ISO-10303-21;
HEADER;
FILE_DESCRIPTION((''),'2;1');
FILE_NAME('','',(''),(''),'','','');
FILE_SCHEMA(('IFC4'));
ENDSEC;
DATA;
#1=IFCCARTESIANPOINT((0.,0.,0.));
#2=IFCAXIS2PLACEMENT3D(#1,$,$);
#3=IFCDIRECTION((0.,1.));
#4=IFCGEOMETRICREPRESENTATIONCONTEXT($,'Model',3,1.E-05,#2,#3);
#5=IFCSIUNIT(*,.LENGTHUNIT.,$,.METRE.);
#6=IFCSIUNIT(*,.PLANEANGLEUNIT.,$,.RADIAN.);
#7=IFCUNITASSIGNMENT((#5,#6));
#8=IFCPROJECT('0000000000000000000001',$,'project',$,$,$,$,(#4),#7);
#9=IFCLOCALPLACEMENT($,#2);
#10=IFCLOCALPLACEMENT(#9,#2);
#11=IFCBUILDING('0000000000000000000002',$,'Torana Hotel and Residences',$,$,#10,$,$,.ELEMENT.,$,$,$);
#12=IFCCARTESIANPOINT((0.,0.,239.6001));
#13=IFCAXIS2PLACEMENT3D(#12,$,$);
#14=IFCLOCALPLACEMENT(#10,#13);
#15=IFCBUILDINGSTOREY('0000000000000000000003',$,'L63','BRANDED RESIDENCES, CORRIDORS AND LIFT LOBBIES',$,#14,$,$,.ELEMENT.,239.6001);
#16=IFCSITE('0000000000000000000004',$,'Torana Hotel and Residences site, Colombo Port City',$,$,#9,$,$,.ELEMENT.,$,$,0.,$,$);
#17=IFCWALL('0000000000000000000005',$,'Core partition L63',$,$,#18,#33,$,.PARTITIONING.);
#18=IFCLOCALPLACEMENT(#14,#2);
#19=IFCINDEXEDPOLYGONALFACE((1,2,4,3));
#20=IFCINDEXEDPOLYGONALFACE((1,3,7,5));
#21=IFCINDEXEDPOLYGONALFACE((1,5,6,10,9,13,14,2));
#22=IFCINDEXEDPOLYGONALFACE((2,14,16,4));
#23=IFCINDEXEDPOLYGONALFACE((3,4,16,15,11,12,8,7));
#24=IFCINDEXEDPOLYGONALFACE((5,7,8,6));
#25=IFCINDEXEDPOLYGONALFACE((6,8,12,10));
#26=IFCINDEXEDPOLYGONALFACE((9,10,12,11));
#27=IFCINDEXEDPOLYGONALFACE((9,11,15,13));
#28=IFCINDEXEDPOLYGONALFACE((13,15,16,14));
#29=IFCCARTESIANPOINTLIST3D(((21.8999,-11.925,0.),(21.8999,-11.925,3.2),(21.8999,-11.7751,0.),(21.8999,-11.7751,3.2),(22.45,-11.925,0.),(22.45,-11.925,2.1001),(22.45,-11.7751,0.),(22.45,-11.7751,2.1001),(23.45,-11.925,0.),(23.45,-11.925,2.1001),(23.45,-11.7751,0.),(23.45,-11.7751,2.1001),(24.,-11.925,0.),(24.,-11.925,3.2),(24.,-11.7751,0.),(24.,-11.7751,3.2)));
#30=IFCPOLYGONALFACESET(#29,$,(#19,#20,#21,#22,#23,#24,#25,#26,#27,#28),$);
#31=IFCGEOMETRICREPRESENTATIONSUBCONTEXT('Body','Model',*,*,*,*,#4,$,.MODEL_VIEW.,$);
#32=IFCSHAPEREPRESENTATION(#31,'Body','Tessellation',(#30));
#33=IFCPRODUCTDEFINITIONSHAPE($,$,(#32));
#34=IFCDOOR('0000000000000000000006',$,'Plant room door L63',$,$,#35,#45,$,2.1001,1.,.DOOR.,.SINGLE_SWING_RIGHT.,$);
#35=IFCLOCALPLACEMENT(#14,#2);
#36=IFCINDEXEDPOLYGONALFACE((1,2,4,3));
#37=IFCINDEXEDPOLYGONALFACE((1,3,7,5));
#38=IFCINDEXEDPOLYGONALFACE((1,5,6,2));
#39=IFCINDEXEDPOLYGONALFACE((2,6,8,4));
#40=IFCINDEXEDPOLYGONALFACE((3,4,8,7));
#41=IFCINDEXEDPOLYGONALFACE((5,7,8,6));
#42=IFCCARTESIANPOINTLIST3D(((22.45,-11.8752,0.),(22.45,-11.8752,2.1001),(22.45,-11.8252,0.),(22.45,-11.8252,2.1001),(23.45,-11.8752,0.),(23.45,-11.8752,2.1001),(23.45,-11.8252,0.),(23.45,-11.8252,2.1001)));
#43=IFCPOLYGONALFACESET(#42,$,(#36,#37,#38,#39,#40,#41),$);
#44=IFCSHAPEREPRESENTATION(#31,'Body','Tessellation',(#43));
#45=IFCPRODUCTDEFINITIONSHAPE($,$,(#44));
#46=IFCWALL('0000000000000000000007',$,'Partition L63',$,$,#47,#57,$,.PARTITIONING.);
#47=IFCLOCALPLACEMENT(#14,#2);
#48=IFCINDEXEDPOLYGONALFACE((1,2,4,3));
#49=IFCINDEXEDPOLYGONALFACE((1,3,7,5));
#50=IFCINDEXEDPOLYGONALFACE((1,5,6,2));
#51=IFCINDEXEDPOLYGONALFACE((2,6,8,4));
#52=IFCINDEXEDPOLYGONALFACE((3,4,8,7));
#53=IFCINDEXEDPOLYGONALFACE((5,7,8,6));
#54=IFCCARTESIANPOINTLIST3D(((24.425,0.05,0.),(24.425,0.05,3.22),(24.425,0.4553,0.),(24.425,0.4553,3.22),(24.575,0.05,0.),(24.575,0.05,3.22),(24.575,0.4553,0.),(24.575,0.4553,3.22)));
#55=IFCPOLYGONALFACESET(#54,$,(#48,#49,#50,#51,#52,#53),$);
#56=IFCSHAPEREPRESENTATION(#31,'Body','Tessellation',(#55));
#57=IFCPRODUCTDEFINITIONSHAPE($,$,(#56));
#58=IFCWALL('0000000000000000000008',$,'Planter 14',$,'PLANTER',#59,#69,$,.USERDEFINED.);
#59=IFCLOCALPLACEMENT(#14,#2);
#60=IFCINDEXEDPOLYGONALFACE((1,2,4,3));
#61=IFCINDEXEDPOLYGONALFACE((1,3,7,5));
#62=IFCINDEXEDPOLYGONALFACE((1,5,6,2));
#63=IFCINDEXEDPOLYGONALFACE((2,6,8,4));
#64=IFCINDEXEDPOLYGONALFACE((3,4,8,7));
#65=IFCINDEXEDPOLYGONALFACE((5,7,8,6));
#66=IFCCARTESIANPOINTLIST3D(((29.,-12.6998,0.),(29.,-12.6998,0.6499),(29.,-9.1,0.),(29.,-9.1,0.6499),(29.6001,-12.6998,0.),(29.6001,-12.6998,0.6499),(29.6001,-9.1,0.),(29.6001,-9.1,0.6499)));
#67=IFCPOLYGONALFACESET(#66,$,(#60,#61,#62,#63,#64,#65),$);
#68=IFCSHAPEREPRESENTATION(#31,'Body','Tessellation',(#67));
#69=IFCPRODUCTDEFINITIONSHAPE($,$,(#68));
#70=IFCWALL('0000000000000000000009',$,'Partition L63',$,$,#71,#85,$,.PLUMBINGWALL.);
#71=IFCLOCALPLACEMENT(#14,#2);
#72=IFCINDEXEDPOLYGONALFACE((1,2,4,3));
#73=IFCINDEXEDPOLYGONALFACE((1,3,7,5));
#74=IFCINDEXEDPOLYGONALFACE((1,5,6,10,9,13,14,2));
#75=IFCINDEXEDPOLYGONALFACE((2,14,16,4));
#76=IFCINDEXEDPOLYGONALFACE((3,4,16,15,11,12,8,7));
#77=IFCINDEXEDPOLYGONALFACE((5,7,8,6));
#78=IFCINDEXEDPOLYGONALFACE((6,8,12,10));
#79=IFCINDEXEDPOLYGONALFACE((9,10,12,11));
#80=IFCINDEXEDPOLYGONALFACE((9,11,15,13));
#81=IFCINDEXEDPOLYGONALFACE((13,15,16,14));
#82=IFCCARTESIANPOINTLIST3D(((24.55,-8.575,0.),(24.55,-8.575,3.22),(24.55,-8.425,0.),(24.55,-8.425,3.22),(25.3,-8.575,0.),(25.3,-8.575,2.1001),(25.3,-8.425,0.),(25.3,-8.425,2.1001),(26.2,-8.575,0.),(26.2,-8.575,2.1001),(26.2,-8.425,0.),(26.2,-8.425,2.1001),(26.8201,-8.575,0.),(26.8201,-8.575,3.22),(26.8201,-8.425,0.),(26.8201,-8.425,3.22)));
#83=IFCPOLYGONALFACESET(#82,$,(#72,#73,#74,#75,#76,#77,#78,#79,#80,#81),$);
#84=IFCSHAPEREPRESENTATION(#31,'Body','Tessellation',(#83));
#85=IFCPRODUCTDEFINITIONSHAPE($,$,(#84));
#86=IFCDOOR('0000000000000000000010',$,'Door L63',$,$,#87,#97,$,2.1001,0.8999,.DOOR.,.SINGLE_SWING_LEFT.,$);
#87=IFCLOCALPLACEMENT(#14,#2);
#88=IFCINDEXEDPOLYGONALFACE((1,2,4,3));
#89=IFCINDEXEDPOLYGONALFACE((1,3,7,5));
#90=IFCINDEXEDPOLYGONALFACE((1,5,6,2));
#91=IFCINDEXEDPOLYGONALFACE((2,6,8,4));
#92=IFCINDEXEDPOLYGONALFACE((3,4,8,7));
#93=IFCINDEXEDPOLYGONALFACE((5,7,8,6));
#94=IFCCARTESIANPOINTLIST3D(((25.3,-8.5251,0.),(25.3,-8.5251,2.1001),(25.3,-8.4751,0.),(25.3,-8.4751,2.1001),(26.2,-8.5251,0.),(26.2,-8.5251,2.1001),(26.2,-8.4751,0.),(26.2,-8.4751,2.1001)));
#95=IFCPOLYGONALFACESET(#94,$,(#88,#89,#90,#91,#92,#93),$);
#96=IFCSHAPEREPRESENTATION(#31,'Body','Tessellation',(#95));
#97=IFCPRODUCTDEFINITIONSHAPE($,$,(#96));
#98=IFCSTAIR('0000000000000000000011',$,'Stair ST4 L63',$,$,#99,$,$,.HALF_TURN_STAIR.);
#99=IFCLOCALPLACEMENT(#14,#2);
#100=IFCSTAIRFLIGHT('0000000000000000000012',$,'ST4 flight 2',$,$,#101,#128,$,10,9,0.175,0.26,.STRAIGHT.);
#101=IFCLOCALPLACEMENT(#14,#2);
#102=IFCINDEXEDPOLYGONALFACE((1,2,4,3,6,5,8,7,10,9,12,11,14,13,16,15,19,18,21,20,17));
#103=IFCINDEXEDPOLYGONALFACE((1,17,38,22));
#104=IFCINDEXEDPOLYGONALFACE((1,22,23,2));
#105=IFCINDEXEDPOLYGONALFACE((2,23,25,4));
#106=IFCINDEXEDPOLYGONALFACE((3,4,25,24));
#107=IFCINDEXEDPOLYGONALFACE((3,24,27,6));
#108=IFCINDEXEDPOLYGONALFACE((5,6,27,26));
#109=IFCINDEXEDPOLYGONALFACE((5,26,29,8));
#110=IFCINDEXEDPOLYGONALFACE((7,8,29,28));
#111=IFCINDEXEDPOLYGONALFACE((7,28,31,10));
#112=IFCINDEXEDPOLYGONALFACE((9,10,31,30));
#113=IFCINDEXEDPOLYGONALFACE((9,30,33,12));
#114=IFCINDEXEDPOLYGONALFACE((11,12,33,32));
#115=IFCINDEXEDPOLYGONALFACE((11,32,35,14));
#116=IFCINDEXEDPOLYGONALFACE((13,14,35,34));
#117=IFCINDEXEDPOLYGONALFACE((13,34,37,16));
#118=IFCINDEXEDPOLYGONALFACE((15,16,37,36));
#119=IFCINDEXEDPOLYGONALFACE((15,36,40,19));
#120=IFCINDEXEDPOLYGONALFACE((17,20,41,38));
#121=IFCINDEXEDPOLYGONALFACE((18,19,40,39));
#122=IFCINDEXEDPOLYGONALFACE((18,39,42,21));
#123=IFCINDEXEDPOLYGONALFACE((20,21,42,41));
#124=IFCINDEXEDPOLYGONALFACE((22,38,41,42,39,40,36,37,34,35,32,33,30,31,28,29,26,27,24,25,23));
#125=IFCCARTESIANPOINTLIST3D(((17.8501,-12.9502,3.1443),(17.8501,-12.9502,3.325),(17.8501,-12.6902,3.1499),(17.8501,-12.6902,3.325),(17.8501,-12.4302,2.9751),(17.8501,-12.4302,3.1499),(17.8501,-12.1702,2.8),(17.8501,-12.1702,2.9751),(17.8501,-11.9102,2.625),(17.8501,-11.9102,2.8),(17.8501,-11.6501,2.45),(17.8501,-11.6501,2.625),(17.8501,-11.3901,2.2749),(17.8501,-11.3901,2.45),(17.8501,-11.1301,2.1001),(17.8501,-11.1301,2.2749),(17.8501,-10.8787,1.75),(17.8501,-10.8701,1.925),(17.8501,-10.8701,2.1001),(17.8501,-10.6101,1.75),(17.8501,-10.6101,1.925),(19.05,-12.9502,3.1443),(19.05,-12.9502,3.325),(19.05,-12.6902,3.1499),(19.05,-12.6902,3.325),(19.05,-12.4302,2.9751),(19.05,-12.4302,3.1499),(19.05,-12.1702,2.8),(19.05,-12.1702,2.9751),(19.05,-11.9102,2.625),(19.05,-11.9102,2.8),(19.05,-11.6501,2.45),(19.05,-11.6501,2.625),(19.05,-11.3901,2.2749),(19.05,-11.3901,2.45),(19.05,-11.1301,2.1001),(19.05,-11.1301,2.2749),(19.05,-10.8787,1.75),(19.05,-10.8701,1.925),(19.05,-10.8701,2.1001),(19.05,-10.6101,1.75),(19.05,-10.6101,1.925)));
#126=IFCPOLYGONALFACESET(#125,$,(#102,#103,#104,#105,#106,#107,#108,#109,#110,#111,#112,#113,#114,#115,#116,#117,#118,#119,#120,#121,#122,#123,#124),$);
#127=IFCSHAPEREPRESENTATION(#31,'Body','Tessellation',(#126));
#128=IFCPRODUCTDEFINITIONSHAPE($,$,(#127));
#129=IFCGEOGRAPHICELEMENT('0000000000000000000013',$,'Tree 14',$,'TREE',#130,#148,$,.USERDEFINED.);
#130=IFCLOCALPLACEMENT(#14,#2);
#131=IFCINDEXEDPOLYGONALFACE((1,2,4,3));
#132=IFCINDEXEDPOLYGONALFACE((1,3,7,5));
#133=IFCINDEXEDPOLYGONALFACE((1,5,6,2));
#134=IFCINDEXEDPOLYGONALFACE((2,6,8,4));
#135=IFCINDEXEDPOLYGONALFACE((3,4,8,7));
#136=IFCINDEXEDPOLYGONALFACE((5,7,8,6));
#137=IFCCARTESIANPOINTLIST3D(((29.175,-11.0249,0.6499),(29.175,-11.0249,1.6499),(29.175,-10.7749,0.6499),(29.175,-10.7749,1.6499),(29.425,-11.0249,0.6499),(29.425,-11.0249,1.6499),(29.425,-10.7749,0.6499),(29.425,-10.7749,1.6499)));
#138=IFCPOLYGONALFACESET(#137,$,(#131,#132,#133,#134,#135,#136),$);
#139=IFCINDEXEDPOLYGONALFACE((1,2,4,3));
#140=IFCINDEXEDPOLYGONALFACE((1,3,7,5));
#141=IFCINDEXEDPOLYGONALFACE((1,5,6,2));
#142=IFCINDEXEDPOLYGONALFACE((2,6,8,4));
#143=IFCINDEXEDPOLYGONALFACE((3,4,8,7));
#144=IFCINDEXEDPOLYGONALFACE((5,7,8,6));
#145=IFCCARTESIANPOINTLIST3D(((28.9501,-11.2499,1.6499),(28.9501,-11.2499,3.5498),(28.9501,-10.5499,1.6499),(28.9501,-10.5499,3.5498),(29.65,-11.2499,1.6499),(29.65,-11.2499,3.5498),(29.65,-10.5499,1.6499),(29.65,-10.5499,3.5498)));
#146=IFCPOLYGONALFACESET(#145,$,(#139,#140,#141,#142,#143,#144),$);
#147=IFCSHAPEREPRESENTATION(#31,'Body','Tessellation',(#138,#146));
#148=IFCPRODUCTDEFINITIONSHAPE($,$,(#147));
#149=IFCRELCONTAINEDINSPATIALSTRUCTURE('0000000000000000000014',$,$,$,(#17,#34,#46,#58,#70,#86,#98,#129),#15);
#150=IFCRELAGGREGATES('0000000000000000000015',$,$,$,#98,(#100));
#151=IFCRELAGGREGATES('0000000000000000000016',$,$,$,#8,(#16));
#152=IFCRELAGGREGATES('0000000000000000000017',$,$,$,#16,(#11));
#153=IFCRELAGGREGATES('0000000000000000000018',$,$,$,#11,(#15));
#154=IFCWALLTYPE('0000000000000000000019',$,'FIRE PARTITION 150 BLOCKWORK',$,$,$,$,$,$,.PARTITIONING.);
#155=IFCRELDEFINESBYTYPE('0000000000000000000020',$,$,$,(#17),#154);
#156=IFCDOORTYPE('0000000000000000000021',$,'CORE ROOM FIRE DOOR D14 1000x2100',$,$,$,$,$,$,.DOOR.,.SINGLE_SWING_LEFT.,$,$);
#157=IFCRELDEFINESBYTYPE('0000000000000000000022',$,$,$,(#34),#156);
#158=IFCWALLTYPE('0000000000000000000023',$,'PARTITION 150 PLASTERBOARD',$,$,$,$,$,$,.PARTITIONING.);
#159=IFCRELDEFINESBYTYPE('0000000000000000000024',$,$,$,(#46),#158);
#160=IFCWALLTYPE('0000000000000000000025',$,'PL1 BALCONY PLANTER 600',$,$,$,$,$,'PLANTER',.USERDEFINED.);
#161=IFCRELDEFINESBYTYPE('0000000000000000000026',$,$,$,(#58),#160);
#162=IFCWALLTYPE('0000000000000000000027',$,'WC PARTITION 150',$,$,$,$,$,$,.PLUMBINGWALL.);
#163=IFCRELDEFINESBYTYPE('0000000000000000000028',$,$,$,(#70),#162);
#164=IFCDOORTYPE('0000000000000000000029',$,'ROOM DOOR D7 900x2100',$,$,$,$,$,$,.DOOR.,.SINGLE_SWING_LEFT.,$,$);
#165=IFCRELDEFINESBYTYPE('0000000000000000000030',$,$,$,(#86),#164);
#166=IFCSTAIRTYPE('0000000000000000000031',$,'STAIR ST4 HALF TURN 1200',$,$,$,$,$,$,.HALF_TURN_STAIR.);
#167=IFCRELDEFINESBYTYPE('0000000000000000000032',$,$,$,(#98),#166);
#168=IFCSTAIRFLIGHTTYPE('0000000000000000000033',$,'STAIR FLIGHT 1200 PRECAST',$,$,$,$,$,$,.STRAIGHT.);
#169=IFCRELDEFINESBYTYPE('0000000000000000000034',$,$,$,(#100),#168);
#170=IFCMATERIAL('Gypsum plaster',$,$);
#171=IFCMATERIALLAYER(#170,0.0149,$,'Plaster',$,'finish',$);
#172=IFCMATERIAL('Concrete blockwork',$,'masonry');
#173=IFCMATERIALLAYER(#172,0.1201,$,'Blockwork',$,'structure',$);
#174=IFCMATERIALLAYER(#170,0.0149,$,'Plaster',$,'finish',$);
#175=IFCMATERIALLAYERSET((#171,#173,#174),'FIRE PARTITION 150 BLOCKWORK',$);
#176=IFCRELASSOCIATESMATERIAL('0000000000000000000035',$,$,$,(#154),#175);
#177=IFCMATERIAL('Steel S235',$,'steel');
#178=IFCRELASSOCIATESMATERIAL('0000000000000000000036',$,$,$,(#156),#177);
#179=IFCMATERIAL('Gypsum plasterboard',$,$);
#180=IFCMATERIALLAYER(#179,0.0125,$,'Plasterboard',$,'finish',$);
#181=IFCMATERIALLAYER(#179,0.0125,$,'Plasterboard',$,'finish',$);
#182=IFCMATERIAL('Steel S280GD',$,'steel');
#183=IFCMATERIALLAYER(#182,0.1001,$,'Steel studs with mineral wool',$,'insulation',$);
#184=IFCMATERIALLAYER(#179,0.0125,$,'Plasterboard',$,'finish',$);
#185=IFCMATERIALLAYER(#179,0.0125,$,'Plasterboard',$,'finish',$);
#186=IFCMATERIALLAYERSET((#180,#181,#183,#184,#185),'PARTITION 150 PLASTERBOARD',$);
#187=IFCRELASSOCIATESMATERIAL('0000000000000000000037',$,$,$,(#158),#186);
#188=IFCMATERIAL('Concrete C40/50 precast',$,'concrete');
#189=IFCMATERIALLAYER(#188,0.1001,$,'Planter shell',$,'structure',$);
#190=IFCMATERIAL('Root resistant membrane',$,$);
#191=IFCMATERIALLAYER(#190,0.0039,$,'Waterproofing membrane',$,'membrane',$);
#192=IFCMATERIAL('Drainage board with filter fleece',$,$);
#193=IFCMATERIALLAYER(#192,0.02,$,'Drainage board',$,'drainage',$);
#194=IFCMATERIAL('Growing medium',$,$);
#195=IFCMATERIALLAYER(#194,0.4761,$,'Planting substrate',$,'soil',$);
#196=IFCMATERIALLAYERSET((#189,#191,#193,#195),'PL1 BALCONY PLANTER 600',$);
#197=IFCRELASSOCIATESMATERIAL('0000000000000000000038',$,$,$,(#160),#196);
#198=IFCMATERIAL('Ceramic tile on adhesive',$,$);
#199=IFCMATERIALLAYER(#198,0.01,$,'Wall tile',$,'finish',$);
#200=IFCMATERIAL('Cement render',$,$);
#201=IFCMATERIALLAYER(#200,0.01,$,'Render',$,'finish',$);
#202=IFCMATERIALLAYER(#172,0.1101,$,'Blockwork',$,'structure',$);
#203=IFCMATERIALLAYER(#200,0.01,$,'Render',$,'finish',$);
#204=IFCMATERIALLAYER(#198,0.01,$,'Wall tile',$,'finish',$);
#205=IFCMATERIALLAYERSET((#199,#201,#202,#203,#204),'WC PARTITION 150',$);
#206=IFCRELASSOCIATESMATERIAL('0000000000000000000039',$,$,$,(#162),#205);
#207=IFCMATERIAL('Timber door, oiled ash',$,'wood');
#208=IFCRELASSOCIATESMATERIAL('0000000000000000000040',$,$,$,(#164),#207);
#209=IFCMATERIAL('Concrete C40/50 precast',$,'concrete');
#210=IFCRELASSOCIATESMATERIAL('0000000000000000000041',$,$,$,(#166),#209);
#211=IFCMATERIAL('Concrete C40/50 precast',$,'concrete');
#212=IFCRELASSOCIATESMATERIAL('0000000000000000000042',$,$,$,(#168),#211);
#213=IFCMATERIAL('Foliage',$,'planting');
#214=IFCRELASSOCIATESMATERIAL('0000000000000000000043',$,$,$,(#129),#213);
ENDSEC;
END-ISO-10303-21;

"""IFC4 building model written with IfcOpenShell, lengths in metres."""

from ifc_helpers import new_model, si_unit, direction, frame, frame_2d, origin, origin_2d, place, context, subcontext, project, spatial, polyline, rectangle, outline, extrude, material, layer, layer_set, type_object, element, fill, aggregate, save


model = new_model("IFC4")

# Units and contexts
model_context = context("Model", 3, precision=1e-05, world=origin(), true_north=direction((0.0, 1.0)))
body_context = subcontext(model_context, "Body", "Model", "MODEL_VIEW")
ifc_project = project(units=[si_unit("LENGTHUNIT", "METRE"), si_unit("PLANEANGLEUNIT", "RADIAN")], contexts=[model_context])

# Site, building, storey
site_placement = place(None, origin())
site = spatial("IfcSite", under=ifc_project, at=site_placement, Name="Torana Hotel and Residences site, Colombo Port City", CompositionType="ELEMENT", RefElevation=0.0)
building_placement = place(site_placement, origin())
building = spatial("IfcBuilding", under=site, at=building_placement, Name="Torana Hotel and Residences", CompositionType="ELEMENT")
storey_placement = place(building_placement, frame((0.0, 0.0, 239.6001)))
storey = spatial("IfcBuildingStorey", under=building, at=storey_placement, Name="L63", Description="BRANDED RESIDENCES, CORRIDORS AND LIFT LOBBIES", CompositionType="ELEMENT", Elevation=239.6001)

# Shared definitions
ifc_material_1 = material(Name="Steel S280GD", Category="steel")

# Shared definitions
ifc_material_2 = material(Name="Concrete C40/50 precast", Category="concrete")

# Wall, opening, door
ifc_material_3 = material(Name="Gypsum plaster")
ifc_layer_1 = layer(ifc_material_3, 0.0149, Name="Plaster", Category="finish")
ifc_material_4 = material(Name="Concrete blockwork", Category="masonry")
ifc_layer_2 = layer(ifc_material_4, 0.1201, Name="Blockwork", Category="structure")
ifc_layer_3 = layer(ifc_material_3, 0.0149, Name="Plaster", Category="finish")
ifc_layer_set_1 = layer_set([ifc_layer_1, ifc_layer_2, ifc_layer_3], Name="FIRE PARTITION 150 BLOCKWORK")
wall_type_1 = type_object("IfcWallType", Name="FIRE PARTITION 150 BLOCKWORK", PredefinedType="PARTITIONING", material=ifc_layer_set_1)
wall_1_placement = place(storey_placement, frame((21.8999, -11.8501, 0.0), z_axis=(0.0, 0.0, 1.0), x_axis=(1.0, 0.0, 0.0)))
wall_1 = element("IfcWall", 1, at=wall_1_placement, inside=storey, type_object=wall_type_1, Name="Core partition L63", PredefinedType="PARTITIONING", context=body_context, shape_type="SweptSolid", body=[
    extrude(rectangle(XDim=2.1001, YDim=0.1499, at=frame_2d((1.05, 0.0))), origin(), (0.0, 0.0, 1.0), 3.2),
])
opening_1_placement = place(wall_1_placement, frame((0.55, 0.0, 0.0)))
opening_1 = element("IfcOpeningElement", 2, at=opening_1_placement, cuts=wall_1, PredefinedType="OPENING", context=body_context, shape_type="SweptSolid", body=[
    extrude(rectangle(XDim=1.0, YDim=2.1001, at=frame_2d((0.5, 1.05))), frame((0.0, 0.085, 0.0), z_axis=(0.0, -1.0, 0.0), x_axis=(1.0, 0.0, 0.0)), (0.0, 0.0, 1.0), 0.1699),
])
ifc_material_5 = material(Name="Steel S235", Category="steel")
door_type_1 = type_object("IfcDoorType", Name="CORE ROOM FIRE DOOR D14 1000x2100", OperationType="SINGLE_SWING_LEFT", PredefinedType="DOOR", material=ifc_material_5)
door_1_placement = place(opening_1_placement, origin())
door_1 = element("IfcDoor", 3, at=door_1_placement, inside=storey, type_object=door_type_1, Name="Plant room door L63", OperationType="SINGLE_SWING_RIGHT", OverallHeight=2.1001, OverallWidth=1.0, PredefinedType="DOOR", context=body_context, shape_type="SweptSolid", body=[
    extrude(rectangle(XDim=1.0, YDim=2.1001, at=frame_2d((0.5, 1.05))), frame((0.0, 0.0249, 0.0), z_axis=(0.0, -1.0, 0.0), x_axis=(1.0, 0.0, 0.0)), (0.0, 0.0, 1.0), 0.05),
])
fill(opening_1, door_1)

# Walls
ifc_material_6 = material(Name="Gypsum plasterboard")
ifc_layer_4 = layer(ifc_material_6, 0.0125, Name="Plasterboard", Category="finish")
ifc_layer_5 = layer(ifc_material_6, 0.0125, Name="Plasterboard", Category="finish")
ifc_layer_6 = layer(ifc_material_1, 0.1001, Name="Steel studs with mineral wool", Category="insulation")
ifc_layer_7 = layer(ifc_material_6, 0.0125, Name="Plasterboard", Category="finish")
ifc_layer_8 = layer(ifc_material_6, 0.0125, Name="Plasterboard", Category="finish")
ifc_layer_set_2 = layer_set([ifc_layer_4, ifc_layer_5, ifc_layer_6, ifc_layer_7, ifc_layer_8], Name="PARTITION 150 PLASTERBOARD")
wall_type_2 = type_object("IfcWallType", Name="PARTITION 150 PLASTERBOARD", PredefinedType="PARTITIONING", material=ifc_layer_set_2)
wall_2_placement = place(storey_placement, frame((24.5, 0.05, 0.0), z_axis=(0.0, 0.0, 1.0), x_axis=(0.0, 1.0, 0.0)))
element("IfcWall", 4, at=wall_2_placement, inside=storey, type_object=wall_type_2, Name="Partition L63", PredefinedType="PARTITIONING", context=body_context, shape_type="SweptSolid", body=[
    extrude(rectangle(XDim=0.4053, YDim=0.1499, at=frame_2d((0.2026, 0.0))), origin(), (0.0, 0.0, 1.0), 3.22),
])
ifc_layer_9 = layer(ifc_material_2, 0.1001, Name="Planter shell", Category="structure")
ifc_material_7 = material(Name="Root resistant membrane")
ifc_layer_10 = layer(ifc_material_7, 0.0039, Name="Waterproofing membrane", Category="membrane")
ifc_material_8 = material(Name="Drainage board with filter fleece")
ifc_layer_11 = layer(ifc_material_8, 0.02, Name="Drainage board", Category="drainage")
ifc_material_9 = material(Name="Growing medium")
ifc_layer_12 = layer(ifc_material_9, 0.4761, Name="Planting substrate", Category="soil")
ifc_layer_set_3 = layer_set([ifc_layer_9, ifc_layer_10, ifc_layer_11, ifc_layer_12], Name="PL1 BALCONY PLANTER 600")
wall_type_3 = type_object("IfcWallType", Name="PL1 BALCONY PLANTER 600", ElementType="PLANTER", PredefinedType="USERDEFINED", material=ifc_layer_set_3)
wall_3_placement = place(storey_placement, frame((29.3, -9.1001, 0.0), z_axis=(0.0, 0.0, 1.0), x_axis=(0.0, -1.0, 0.0)))
element("IfcWall", 5, at=wall_3_placement, inside=storey, type_object=wall_type_3, Name="Planter 14", ObjectType="PLANTER", PredefinedType="USERDEFINED", context=body_context, shape_type="SweptSolid", body=[
    extrude(rectangle(XDim=3.5999, YDim=0.6001, at=frame_2d((1.7998, 0.0))), origin(), (0.0, 0.0, 1.0), 0.6499),
])

# Wall, opening, door
ifc_material_10 = material(Name="Ceramic tile on adhesive")
ifc_layer_13 = layer(ifc_material_10, 0.01, Name="Wall tile", Category="finish")
ifc_material_11 = material(Name="Cement render")
ifc_layer_14 = layer(ifc_material_11, 0.01, Name="Render", Category="finish")
ifc_layer_15 = layer(ifc_material_4, 0.1101, Name="Blockwork", Category="structure")
ifc_layer_16 = layer(ifc_material_11, 0.01, Name="Render", Category="finish")
ifc_layer_17 = layer(ifc_material_10, 0.01, Name="Wall tile", Category="finish")
ifc_layer_set_4 = layer_set([ifc_layer_13, ifc_layer_14, ifc_layer_15, ifc_layer_16, ifc_layer_17], Name="WC PARTITION 150")
wall_type_4 = type_object("IfcWallType", Name="WC PARTITION 150", PredefinedType="PLUMBINGWALL", material=ifc_layer_set_4)
wall_4_placement = place(storey_placement, frame((24.55, -8.5, 0.0), z_axis=(0.0, 0.0, 1.0), x_axis=(1.0, 0.0, 0.0)))
wall_4 = element("IfcWall", 6, at=wall_4_placement, inside=storey, type_object=wall_type_4, Name="Partition L63", PredefinedType="PLUMBINGWALL", context=body_context, shape_type="SweptSolid", body=[
    extrude(rectangle(XDim=2.27, YDim=0.1499, at=frame_2d((1.135, 0.0))), origin(), (0.0, 0.0, 1.0), 3.22),
])
opening_2_placement = place(wall_4_placement, frame((0.75, 0.0, 0.0)))
opening_2 = element("IfcOpeningElement", 7, at=opening_2_placement, cuts=wall_4, PredefinedType="OPENING", context=body_context, shape_type="SweptSolid", body=[
    extrude(rectangle(XDim=0.8999, YDim=2.1001, at=frame_2d((0.45, 1.05))), frame((0.0, 0.085, 0.0), z_axis=(0.0, -1.0, 0.0), x_axis=(1.0, 0.0, 0.0)), (0.0, 0.0, 1.0), 0.1699),
])
ifc_material_12 = material(Name="Timber door, oiled ash", Category="wood")
door_type_2 = type_object("IfcDoorType", Name="ROOM DOOR D7 900x2100", OperationType="SINGLE_SWING_LEFT", PredefinedType="DOOR", material=ifc_material_12)
door_2_placement = place(opening_2_placement, origin())
door_2 = element("IfcDoor", 8, at=door_2_placement, inside=storey, type_object=door_type_2, Name="Door L63", OperationType="SINGLE_SWING_LEFT", OverallHeight=2.1001, OverallWidth=0.8999, PredefinedType="DOOR", context=body_context, shape_type="SweptSolid", body=[
    extrude(rectangle(XDim=0.8999, YDim=2.1001, at=frame_2d((0.45, 1.05))), frame((0.0, 0.0249, 0.0), z_axis=(0.0, -1.0, 0.0), x_axis=(1.0, 0.0, 0.0)), (0.0, 0.0, 1.0), 0.05),
])
fill(opening_2, door_2)

# Stair, stair flight
ifc_material_13 = material(Name="Concrete C40/50 precast", Category="concrete")
stair_type = type_object("IfcStairType", Name="STAIR ST4 HALF TURN 1200", PredefinedType="HALF_TURN_STAIR", material=ifc_material_13)
stair_placement = place(storey_placement, origin())
stair = element("IfcStair", 9, at=stair_placement, inside=storey, type_object=stair_type, Name="Stair ST4 L63", PredefinedType="HALF_TURN_STAIR")
ifc_material_14 = material(Name="Concrete C40/50 precast", Category="concrete")
stair_flight_type = type_object("IfcStairFlightType", Name="STAIR FLIGHT 1200 PRECAST", PredefinedType="STRAIGHT", material=ifc_material_14)
stair_flight_placement = place(storey_placement, frame((18.45, -10.6101, 1.75), z_axis=(0.0, 0.0, 1.0), x_axis=(0.0, -1.0, 0.0)))
stair_flight = element("IfcStairFlight", 10, at=stair_flight_placement, type_object=stair_flight_type, Name="ST4 flight 2", NumberOfRisers=10, NumberOfTreads=9, PredefinedType="STRAIGHT", RiserHeight=0.175, TreadLength=0.26, context=body_context, shape_type="SweptSolid", body=[
    extrude(outline(polyline([(0.0, 0.0), (0.0, 0.175), (0.26, 0.175), (0.26, 0.3501), (0.52, 0.3501), (0.52, 0.5249), (0.78, 0.5249), (0.78, 0.7), (1.04, 0.7), (1.04, 0.875), (1.3, 0.875), (1.3, 1.05), (1.5601, 1.05), (1.5601, 1.2251), (1.8201, 1.2251), (1.8201, 1.3999), (2.0801, 1.3999), (2.0801, 1.575), (2.3401, 1.575), (2.3401, 1.75), (2.3401, 1.3943), (0.2686, 0.0), (0.0, 0.0)])), frame((0.0, 0.6001, 0.0), z_axis=(0.0, -1.0, 0.0), x_axis=(1.0, 0.0, 0.0)), (0.0, 0.0, 1.0), 1.2),
])
aggregate(stair, [stair_flight])

# Geographic element
ifc_material_15 = material(Name="Foliage", Category="planting")
geographic_element_placement = place(storey_placement, frame((29.3, -10.8999, 0.6499), z_axis=(0.0, 0.0, 1.0), x_axis=(1.0, 0.0, 0.0)))
element("IfcGeographicElement", 11, at=geographic_element_placement, inside=storey, material=ifc_material_15, Name="Tree 14", ObjectType="TREE", PredefinedType="USERDEFINED", context=body_context, shape_type="SweptSolid", body=[
    extrude(rectangle(XDim=0.25, YDim=0.25, at=origin_2d()), origin(), (0.0, 0.0, 1.0), 1.0),
    extrude(rectangle(XDim=0.7, YDim=0.7, at=origin_2d()), frame((0.0, 0.0, 1.0)), (0.0, 0.0, 1.0), 1.8999),
])

save(model, "model.ifc")
